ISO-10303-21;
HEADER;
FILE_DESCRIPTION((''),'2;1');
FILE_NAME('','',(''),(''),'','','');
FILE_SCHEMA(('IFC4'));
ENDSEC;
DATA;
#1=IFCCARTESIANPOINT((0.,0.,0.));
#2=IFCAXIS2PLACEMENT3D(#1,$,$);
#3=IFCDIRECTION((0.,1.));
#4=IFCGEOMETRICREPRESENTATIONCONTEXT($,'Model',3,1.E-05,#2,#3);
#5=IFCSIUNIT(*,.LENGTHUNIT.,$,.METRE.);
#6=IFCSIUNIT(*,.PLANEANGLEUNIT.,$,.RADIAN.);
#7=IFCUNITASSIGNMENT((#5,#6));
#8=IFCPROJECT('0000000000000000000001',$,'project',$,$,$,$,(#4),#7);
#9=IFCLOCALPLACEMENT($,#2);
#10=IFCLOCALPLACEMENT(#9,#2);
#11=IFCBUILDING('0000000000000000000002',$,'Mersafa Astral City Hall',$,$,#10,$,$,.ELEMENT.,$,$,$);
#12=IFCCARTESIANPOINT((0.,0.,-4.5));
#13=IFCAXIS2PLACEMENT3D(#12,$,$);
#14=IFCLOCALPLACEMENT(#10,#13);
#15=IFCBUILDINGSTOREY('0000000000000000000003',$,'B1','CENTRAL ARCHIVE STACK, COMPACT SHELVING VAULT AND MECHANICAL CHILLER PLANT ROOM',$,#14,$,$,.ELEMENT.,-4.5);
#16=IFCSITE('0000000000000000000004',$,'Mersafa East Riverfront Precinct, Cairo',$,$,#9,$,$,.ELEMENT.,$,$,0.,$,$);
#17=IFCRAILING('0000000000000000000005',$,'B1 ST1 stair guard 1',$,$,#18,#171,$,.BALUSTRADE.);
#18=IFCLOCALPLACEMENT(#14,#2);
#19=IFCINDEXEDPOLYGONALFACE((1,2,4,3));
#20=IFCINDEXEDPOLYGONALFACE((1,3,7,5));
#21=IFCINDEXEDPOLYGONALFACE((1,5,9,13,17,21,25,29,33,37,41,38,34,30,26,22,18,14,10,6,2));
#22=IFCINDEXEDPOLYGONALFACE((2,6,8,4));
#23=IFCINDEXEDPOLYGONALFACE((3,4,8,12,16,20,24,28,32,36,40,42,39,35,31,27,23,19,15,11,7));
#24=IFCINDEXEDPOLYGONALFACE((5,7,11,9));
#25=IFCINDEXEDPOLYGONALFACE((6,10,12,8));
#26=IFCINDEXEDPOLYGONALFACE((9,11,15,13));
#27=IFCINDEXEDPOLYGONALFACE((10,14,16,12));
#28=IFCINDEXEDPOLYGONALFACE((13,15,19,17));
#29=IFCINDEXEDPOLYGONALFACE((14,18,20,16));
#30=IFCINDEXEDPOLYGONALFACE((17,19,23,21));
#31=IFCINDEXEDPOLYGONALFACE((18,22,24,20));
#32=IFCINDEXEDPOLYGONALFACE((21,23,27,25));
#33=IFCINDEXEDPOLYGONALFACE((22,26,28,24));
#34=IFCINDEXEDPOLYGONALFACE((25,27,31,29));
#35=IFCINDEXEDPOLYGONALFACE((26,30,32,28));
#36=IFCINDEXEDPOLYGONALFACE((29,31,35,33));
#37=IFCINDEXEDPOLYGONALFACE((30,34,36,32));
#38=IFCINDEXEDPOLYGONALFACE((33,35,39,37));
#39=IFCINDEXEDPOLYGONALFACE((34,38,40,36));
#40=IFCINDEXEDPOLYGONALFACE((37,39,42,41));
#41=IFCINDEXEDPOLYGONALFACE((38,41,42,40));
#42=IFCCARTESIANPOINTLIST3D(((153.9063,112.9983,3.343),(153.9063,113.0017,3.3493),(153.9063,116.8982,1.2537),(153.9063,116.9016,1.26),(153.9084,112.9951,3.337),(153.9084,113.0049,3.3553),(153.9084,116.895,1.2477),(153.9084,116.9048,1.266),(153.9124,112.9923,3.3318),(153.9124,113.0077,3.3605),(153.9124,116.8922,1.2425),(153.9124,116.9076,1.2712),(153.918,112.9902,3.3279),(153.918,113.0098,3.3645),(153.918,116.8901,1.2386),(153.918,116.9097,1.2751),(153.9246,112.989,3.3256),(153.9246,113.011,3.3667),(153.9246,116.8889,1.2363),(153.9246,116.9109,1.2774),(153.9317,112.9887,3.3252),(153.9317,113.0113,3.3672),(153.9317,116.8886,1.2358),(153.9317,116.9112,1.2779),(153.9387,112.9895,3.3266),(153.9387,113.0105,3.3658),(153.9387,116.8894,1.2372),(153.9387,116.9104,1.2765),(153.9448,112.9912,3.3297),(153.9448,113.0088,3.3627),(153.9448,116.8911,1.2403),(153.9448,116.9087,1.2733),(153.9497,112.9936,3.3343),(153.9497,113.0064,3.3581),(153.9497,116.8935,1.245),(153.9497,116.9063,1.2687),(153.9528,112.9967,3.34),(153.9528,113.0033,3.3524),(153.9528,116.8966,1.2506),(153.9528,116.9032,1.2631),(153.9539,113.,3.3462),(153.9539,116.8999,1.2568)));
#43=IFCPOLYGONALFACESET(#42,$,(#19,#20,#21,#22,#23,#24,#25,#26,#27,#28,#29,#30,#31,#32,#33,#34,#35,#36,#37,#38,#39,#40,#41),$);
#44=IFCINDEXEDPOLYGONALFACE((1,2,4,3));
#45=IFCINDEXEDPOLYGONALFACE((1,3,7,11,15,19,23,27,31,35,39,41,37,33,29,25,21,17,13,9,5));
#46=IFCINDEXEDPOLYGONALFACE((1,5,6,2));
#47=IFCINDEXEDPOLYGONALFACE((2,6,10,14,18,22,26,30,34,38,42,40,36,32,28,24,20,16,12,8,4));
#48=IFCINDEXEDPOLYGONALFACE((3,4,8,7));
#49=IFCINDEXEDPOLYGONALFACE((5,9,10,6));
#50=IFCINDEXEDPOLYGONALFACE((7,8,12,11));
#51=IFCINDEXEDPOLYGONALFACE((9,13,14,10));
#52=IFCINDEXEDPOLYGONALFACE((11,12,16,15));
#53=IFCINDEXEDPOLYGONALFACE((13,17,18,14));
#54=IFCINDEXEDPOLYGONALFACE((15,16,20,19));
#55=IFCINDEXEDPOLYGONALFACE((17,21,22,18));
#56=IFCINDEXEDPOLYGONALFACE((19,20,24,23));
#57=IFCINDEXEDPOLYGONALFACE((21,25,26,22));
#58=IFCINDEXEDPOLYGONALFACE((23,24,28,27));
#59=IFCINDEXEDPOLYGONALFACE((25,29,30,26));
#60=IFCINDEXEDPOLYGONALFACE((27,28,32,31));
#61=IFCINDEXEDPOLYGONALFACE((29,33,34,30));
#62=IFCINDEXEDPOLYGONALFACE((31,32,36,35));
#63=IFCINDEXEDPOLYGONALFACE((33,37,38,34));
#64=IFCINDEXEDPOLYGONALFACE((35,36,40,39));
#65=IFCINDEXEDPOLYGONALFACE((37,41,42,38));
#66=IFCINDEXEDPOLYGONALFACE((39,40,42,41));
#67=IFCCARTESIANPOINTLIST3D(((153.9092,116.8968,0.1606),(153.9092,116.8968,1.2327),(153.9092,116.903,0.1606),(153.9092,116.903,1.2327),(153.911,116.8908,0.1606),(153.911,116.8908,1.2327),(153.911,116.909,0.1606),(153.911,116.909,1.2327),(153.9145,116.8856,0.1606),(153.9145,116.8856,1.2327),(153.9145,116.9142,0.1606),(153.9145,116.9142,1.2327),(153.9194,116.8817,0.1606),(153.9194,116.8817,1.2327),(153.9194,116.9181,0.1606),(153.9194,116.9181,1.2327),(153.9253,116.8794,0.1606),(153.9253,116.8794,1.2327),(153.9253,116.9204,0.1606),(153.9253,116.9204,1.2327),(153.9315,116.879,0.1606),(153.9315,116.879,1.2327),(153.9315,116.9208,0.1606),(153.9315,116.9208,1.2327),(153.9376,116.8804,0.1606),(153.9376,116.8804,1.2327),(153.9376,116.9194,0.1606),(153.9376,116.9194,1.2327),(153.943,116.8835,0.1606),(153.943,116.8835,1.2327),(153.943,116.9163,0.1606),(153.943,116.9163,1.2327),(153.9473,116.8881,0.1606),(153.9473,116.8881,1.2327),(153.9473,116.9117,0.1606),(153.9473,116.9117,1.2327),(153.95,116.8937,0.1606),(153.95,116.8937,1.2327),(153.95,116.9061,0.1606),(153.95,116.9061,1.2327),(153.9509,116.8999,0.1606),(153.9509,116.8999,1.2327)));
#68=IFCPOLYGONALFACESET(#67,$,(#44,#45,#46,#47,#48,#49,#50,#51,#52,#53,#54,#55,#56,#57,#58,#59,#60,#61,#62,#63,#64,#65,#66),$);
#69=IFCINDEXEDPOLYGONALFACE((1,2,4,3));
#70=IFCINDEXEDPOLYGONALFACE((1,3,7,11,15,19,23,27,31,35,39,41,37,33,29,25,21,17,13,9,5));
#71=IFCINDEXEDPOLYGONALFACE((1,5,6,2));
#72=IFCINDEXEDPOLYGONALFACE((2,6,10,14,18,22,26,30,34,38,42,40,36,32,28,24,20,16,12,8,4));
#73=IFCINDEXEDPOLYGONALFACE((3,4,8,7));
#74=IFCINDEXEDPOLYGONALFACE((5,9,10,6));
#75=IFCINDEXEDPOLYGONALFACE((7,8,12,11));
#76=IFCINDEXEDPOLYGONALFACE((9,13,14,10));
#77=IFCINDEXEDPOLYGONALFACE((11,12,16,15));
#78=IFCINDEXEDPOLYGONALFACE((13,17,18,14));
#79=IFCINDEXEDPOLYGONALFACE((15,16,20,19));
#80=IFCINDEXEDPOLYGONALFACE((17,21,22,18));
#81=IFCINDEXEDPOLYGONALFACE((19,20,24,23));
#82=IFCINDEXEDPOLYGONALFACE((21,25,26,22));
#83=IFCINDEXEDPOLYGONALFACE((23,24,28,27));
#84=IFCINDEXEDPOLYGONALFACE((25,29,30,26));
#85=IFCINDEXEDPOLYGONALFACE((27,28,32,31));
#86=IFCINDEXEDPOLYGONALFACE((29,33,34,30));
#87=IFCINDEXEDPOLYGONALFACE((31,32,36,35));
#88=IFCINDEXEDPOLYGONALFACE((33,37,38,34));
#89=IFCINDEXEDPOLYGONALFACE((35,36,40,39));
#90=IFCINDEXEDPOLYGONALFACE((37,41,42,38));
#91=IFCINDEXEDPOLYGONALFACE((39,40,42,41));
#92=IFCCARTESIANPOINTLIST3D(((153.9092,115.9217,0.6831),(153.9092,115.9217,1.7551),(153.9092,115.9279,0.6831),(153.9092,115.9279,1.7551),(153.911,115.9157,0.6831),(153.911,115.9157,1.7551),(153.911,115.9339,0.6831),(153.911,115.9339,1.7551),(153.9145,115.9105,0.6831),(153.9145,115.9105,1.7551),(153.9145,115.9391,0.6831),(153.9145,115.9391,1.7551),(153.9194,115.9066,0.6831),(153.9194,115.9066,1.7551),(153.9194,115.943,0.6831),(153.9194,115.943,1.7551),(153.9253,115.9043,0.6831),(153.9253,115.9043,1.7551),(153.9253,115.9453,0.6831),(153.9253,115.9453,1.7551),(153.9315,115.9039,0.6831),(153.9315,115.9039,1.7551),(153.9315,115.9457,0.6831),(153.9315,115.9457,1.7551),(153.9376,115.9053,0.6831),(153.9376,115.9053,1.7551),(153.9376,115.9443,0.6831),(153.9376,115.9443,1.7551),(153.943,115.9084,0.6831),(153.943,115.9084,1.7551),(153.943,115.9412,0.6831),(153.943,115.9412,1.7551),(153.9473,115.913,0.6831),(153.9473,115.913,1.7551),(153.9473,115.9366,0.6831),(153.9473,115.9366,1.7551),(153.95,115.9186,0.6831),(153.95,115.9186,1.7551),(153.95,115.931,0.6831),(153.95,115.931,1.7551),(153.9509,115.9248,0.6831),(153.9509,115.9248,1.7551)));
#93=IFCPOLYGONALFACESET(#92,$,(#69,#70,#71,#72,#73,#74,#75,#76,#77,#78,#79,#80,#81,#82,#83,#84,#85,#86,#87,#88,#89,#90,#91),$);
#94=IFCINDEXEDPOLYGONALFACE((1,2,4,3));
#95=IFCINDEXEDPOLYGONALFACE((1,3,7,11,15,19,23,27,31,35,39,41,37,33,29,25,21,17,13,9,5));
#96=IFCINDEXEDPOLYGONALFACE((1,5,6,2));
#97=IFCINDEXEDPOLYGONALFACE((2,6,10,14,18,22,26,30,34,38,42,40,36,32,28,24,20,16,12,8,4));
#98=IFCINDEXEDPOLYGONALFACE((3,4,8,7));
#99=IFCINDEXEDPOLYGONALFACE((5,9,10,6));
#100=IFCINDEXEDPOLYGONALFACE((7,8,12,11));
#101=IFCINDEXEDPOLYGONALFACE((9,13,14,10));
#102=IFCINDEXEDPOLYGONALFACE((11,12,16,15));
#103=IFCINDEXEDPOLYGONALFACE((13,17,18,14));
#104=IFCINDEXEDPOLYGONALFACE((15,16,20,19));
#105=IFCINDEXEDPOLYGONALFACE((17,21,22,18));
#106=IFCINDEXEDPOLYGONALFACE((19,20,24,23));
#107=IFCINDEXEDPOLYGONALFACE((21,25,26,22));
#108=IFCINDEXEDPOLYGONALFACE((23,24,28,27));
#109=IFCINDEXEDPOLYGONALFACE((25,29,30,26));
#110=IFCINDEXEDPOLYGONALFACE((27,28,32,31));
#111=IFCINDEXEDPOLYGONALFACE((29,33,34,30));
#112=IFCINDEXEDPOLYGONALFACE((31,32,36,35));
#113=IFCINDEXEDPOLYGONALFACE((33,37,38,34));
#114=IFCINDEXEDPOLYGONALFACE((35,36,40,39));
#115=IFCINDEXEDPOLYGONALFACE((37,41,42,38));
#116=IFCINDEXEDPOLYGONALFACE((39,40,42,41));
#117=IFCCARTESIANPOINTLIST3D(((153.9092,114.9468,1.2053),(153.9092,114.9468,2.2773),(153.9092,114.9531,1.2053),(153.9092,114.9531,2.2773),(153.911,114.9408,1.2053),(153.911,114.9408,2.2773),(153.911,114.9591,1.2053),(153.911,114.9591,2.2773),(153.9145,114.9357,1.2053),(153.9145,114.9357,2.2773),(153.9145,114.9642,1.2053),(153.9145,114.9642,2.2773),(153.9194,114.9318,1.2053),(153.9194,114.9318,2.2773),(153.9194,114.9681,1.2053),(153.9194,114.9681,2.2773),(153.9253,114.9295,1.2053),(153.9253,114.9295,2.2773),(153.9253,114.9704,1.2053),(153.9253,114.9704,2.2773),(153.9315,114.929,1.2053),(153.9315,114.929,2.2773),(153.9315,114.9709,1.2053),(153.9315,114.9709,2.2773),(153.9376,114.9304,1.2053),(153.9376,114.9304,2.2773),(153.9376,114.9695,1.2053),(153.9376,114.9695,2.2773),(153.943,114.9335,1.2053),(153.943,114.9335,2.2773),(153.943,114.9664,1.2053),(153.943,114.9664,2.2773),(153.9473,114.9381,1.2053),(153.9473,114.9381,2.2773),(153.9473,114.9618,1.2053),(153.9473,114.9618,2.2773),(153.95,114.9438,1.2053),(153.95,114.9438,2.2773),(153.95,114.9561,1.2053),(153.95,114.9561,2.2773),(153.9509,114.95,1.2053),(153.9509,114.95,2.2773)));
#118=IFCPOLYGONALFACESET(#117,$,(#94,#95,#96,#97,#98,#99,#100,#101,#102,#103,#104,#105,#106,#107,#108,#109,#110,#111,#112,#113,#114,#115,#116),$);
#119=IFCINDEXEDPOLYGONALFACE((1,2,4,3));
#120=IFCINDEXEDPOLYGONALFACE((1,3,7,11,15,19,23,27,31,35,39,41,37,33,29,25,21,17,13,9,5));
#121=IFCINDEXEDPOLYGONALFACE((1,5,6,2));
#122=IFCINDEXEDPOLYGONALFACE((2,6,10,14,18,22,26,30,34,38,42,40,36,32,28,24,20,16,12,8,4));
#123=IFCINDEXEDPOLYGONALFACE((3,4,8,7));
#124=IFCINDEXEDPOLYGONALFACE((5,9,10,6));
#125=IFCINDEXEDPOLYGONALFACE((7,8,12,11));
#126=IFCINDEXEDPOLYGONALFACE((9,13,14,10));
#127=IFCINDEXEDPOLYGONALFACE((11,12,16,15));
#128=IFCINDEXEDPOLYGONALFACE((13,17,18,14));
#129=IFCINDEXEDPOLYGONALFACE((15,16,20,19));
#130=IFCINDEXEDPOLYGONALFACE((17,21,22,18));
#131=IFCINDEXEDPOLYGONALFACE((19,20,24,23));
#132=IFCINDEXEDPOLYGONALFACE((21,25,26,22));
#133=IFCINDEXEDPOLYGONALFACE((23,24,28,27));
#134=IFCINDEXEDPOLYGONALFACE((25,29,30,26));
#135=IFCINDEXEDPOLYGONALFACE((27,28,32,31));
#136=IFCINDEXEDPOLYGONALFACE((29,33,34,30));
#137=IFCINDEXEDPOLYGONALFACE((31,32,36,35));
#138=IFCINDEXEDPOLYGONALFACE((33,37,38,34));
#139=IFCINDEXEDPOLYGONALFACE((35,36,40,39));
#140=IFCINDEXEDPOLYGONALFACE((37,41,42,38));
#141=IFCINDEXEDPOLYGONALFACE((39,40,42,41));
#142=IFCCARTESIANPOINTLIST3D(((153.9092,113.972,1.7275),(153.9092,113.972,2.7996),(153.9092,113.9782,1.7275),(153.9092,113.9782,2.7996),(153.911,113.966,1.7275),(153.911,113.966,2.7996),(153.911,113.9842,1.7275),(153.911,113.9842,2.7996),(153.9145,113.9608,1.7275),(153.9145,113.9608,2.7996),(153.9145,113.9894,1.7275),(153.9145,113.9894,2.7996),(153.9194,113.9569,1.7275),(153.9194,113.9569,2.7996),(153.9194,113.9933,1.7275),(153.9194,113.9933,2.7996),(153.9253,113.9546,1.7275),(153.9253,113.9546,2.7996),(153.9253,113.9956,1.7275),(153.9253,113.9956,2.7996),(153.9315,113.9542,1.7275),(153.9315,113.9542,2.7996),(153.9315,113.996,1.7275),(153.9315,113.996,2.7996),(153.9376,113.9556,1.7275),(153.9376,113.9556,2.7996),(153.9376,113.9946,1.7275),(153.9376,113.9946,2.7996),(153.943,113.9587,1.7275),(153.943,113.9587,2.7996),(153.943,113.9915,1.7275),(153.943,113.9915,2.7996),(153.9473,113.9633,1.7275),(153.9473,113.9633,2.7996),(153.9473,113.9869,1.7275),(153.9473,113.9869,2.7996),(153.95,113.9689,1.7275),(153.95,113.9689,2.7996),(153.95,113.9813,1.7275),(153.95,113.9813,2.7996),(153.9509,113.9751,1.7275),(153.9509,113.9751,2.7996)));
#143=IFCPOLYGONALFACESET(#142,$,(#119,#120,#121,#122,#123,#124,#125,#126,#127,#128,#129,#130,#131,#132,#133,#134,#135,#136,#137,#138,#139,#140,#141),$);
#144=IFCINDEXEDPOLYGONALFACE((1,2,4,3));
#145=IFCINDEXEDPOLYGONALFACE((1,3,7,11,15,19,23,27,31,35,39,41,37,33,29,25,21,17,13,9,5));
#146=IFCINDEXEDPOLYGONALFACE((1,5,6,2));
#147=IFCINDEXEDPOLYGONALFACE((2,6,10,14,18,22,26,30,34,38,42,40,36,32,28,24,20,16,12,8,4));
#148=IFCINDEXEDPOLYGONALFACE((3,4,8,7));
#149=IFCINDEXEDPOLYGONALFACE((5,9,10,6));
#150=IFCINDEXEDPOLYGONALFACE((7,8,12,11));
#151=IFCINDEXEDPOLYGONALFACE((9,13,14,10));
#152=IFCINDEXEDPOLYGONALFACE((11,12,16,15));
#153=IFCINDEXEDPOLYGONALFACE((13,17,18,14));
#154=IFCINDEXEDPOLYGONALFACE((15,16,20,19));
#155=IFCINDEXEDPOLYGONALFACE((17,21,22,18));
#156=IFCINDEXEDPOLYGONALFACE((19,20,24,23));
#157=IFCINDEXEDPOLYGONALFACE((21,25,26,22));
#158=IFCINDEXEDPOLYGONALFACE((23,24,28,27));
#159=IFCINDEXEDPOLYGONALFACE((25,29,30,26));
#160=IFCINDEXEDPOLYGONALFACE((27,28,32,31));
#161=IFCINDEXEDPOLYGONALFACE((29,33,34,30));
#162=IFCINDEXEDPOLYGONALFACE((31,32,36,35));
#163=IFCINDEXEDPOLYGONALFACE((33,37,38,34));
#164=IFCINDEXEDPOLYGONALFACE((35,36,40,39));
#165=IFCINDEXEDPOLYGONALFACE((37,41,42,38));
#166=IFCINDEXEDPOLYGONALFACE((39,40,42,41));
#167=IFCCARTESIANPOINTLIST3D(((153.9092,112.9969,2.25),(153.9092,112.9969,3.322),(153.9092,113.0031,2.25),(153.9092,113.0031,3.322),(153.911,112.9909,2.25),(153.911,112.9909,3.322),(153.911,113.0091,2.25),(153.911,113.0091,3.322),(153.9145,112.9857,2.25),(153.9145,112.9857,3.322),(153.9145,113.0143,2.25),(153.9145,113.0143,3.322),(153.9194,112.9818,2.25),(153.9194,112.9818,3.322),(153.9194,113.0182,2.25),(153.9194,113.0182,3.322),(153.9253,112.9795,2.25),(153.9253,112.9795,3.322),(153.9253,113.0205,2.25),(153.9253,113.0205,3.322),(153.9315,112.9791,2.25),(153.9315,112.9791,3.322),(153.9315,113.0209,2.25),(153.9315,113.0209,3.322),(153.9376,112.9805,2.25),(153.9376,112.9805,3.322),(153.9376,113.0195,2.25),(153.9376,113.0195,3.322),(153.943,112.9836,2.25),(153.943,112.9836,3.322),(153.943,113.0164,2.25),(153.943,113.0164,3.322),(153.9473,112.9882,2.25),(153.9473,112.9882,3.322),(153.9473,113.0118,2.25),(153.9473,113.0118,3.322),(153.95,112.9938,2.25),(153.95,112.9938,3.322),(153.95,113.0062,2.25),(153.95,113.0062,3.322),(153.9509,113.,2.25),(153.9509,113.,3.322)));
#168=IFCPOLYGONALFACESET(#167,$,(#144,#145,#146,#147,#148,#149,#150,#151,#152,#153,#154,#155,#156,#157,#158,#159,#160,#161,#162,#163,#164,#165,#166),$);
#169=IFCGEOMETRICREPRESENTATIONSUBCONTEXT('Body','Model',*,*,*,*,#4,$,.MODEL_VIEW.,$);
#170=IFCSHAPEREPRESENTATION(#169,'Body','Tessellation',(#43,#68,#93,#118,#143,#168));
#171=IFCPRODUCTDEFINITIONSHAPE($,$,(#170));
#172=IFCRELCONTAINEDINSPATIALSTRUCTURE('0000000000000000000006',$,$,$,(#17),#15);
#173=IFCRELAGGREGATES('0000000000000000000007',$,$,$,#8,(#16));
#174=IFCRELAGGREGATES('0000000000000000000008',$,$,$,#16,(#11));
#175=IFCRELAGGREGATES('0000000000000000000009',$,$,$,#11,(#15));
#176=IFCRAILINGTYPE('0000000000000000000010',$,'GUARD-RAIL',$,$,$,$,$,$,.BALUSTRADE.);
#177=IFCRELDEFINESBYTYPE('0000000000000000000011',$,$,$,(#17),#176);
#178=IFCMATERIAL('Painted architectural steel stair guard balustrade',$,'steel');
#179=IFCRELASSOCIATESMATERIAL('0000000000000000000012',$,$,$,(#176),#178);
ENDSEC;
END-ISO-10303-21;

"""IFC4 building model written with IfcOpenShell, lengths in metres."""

from ifc_helpers import new_model, si_unit, direction, frame, origin, origin_2d, place, context, subcontext, project, spatial, circle, extrude, material, type_object, element, save


model = new_model("IFC4")

# Units and contexts
model_context = context("Model", 3, precision=1e-05, world=origin(), true_north=direction((0.0, 1.0)))
body_context = subcontext(model_context, "Body", "Model", "MODEL_VIEW")
ifc_project = project(units=[si_unit("LENGTHUNIT", "METRE"), si_unit("PLANEANGLEUNIT", "RADIAN")], contexts=[model_context])

# Site, building, storey
site_placement = place(None, origin())
site = spatial("IfcSite", under=ifc_project, at=site_placement, Name="Mersafa East Riverfront Precinct, Cairo", CompositionType="ELEMENT", RefElevation=0.0)
building_placement = place(site_placement, origin())
building = spatial("IfcBuilding", under=site, at=building_placement, Name="Mersafa Astral City Hall", CompositionType="ELEMENT")
storey_placement = place(building_placement, frame((0.0, 0.0, -4.5)))
storey = spatial("IfcBuildingStorey", under=building, at=storey_placement, Name="B1", Description="CENTRAL ARCHIVE STACK, COMPACT SHELVING VAULT AND MECHANICAL CHILLER PLANT ROOM", CompositionType="ELEMENT", Elevation=-4.5)

# Railing
ifc_material_1 = material(Name="Painted architectural steel stair guard balustrade", Category="steel")
railing_type_1 = type_object("IfcRailingType", Name="GUARD-RAIL", PredefinedType="BALUSTRADE", material=ifc_material_1)
railing_1_placement = place(storey_placement, frame((153.9299, 116.8999, 0.1606)))
element("IfcRailing", 1, at=railing_1_placement, inside=storey, type_object=railing_type_1, Name="B1 ST1 stair guard 1", PredefinedType="BALUSTRADE", context=body_context, shape_type="SweptSolid", body=[
    extrude(circle(Radius=0.0239, at=origin_2d()), frame((0.0, 0.0, 1.0962), z_axis=(0.0, -0.881468, 0.472243), x_axis=(1.0, 0.0, 0.0)), (0.0, 0.0, 1.0), 4.4243),
    extrude(circle(Radius=0.021, at=origin_2d()), origin(), (0.0, 0.0, 1.0), 1.072),
    extrude(circle(Radius=0.021, at=origin_2d()), frame((0.0, -0.9751, 0.5225)), (0.0, 0.0, 1.0), 1.072),
    extrude(circle(Radius=0.021, at=origin_2d()), frame((0.0, -1.95, 1.0447)), (0.0, 0.0, 1.0), 1.072),
    extrude(circle(Radius=0.021, at=origin_2d()), frame((0.0, -2.9248, 1.5669)), (0.0, 0.0, 1.0), 1.072),
    extrude(circle(Radius=0.021, at=origin_2d()), frame((0.0, -3.8999, 2.0894)), (0.0, 0.0, 1.0), 1.072),
])

save(model, "model.ifc")
